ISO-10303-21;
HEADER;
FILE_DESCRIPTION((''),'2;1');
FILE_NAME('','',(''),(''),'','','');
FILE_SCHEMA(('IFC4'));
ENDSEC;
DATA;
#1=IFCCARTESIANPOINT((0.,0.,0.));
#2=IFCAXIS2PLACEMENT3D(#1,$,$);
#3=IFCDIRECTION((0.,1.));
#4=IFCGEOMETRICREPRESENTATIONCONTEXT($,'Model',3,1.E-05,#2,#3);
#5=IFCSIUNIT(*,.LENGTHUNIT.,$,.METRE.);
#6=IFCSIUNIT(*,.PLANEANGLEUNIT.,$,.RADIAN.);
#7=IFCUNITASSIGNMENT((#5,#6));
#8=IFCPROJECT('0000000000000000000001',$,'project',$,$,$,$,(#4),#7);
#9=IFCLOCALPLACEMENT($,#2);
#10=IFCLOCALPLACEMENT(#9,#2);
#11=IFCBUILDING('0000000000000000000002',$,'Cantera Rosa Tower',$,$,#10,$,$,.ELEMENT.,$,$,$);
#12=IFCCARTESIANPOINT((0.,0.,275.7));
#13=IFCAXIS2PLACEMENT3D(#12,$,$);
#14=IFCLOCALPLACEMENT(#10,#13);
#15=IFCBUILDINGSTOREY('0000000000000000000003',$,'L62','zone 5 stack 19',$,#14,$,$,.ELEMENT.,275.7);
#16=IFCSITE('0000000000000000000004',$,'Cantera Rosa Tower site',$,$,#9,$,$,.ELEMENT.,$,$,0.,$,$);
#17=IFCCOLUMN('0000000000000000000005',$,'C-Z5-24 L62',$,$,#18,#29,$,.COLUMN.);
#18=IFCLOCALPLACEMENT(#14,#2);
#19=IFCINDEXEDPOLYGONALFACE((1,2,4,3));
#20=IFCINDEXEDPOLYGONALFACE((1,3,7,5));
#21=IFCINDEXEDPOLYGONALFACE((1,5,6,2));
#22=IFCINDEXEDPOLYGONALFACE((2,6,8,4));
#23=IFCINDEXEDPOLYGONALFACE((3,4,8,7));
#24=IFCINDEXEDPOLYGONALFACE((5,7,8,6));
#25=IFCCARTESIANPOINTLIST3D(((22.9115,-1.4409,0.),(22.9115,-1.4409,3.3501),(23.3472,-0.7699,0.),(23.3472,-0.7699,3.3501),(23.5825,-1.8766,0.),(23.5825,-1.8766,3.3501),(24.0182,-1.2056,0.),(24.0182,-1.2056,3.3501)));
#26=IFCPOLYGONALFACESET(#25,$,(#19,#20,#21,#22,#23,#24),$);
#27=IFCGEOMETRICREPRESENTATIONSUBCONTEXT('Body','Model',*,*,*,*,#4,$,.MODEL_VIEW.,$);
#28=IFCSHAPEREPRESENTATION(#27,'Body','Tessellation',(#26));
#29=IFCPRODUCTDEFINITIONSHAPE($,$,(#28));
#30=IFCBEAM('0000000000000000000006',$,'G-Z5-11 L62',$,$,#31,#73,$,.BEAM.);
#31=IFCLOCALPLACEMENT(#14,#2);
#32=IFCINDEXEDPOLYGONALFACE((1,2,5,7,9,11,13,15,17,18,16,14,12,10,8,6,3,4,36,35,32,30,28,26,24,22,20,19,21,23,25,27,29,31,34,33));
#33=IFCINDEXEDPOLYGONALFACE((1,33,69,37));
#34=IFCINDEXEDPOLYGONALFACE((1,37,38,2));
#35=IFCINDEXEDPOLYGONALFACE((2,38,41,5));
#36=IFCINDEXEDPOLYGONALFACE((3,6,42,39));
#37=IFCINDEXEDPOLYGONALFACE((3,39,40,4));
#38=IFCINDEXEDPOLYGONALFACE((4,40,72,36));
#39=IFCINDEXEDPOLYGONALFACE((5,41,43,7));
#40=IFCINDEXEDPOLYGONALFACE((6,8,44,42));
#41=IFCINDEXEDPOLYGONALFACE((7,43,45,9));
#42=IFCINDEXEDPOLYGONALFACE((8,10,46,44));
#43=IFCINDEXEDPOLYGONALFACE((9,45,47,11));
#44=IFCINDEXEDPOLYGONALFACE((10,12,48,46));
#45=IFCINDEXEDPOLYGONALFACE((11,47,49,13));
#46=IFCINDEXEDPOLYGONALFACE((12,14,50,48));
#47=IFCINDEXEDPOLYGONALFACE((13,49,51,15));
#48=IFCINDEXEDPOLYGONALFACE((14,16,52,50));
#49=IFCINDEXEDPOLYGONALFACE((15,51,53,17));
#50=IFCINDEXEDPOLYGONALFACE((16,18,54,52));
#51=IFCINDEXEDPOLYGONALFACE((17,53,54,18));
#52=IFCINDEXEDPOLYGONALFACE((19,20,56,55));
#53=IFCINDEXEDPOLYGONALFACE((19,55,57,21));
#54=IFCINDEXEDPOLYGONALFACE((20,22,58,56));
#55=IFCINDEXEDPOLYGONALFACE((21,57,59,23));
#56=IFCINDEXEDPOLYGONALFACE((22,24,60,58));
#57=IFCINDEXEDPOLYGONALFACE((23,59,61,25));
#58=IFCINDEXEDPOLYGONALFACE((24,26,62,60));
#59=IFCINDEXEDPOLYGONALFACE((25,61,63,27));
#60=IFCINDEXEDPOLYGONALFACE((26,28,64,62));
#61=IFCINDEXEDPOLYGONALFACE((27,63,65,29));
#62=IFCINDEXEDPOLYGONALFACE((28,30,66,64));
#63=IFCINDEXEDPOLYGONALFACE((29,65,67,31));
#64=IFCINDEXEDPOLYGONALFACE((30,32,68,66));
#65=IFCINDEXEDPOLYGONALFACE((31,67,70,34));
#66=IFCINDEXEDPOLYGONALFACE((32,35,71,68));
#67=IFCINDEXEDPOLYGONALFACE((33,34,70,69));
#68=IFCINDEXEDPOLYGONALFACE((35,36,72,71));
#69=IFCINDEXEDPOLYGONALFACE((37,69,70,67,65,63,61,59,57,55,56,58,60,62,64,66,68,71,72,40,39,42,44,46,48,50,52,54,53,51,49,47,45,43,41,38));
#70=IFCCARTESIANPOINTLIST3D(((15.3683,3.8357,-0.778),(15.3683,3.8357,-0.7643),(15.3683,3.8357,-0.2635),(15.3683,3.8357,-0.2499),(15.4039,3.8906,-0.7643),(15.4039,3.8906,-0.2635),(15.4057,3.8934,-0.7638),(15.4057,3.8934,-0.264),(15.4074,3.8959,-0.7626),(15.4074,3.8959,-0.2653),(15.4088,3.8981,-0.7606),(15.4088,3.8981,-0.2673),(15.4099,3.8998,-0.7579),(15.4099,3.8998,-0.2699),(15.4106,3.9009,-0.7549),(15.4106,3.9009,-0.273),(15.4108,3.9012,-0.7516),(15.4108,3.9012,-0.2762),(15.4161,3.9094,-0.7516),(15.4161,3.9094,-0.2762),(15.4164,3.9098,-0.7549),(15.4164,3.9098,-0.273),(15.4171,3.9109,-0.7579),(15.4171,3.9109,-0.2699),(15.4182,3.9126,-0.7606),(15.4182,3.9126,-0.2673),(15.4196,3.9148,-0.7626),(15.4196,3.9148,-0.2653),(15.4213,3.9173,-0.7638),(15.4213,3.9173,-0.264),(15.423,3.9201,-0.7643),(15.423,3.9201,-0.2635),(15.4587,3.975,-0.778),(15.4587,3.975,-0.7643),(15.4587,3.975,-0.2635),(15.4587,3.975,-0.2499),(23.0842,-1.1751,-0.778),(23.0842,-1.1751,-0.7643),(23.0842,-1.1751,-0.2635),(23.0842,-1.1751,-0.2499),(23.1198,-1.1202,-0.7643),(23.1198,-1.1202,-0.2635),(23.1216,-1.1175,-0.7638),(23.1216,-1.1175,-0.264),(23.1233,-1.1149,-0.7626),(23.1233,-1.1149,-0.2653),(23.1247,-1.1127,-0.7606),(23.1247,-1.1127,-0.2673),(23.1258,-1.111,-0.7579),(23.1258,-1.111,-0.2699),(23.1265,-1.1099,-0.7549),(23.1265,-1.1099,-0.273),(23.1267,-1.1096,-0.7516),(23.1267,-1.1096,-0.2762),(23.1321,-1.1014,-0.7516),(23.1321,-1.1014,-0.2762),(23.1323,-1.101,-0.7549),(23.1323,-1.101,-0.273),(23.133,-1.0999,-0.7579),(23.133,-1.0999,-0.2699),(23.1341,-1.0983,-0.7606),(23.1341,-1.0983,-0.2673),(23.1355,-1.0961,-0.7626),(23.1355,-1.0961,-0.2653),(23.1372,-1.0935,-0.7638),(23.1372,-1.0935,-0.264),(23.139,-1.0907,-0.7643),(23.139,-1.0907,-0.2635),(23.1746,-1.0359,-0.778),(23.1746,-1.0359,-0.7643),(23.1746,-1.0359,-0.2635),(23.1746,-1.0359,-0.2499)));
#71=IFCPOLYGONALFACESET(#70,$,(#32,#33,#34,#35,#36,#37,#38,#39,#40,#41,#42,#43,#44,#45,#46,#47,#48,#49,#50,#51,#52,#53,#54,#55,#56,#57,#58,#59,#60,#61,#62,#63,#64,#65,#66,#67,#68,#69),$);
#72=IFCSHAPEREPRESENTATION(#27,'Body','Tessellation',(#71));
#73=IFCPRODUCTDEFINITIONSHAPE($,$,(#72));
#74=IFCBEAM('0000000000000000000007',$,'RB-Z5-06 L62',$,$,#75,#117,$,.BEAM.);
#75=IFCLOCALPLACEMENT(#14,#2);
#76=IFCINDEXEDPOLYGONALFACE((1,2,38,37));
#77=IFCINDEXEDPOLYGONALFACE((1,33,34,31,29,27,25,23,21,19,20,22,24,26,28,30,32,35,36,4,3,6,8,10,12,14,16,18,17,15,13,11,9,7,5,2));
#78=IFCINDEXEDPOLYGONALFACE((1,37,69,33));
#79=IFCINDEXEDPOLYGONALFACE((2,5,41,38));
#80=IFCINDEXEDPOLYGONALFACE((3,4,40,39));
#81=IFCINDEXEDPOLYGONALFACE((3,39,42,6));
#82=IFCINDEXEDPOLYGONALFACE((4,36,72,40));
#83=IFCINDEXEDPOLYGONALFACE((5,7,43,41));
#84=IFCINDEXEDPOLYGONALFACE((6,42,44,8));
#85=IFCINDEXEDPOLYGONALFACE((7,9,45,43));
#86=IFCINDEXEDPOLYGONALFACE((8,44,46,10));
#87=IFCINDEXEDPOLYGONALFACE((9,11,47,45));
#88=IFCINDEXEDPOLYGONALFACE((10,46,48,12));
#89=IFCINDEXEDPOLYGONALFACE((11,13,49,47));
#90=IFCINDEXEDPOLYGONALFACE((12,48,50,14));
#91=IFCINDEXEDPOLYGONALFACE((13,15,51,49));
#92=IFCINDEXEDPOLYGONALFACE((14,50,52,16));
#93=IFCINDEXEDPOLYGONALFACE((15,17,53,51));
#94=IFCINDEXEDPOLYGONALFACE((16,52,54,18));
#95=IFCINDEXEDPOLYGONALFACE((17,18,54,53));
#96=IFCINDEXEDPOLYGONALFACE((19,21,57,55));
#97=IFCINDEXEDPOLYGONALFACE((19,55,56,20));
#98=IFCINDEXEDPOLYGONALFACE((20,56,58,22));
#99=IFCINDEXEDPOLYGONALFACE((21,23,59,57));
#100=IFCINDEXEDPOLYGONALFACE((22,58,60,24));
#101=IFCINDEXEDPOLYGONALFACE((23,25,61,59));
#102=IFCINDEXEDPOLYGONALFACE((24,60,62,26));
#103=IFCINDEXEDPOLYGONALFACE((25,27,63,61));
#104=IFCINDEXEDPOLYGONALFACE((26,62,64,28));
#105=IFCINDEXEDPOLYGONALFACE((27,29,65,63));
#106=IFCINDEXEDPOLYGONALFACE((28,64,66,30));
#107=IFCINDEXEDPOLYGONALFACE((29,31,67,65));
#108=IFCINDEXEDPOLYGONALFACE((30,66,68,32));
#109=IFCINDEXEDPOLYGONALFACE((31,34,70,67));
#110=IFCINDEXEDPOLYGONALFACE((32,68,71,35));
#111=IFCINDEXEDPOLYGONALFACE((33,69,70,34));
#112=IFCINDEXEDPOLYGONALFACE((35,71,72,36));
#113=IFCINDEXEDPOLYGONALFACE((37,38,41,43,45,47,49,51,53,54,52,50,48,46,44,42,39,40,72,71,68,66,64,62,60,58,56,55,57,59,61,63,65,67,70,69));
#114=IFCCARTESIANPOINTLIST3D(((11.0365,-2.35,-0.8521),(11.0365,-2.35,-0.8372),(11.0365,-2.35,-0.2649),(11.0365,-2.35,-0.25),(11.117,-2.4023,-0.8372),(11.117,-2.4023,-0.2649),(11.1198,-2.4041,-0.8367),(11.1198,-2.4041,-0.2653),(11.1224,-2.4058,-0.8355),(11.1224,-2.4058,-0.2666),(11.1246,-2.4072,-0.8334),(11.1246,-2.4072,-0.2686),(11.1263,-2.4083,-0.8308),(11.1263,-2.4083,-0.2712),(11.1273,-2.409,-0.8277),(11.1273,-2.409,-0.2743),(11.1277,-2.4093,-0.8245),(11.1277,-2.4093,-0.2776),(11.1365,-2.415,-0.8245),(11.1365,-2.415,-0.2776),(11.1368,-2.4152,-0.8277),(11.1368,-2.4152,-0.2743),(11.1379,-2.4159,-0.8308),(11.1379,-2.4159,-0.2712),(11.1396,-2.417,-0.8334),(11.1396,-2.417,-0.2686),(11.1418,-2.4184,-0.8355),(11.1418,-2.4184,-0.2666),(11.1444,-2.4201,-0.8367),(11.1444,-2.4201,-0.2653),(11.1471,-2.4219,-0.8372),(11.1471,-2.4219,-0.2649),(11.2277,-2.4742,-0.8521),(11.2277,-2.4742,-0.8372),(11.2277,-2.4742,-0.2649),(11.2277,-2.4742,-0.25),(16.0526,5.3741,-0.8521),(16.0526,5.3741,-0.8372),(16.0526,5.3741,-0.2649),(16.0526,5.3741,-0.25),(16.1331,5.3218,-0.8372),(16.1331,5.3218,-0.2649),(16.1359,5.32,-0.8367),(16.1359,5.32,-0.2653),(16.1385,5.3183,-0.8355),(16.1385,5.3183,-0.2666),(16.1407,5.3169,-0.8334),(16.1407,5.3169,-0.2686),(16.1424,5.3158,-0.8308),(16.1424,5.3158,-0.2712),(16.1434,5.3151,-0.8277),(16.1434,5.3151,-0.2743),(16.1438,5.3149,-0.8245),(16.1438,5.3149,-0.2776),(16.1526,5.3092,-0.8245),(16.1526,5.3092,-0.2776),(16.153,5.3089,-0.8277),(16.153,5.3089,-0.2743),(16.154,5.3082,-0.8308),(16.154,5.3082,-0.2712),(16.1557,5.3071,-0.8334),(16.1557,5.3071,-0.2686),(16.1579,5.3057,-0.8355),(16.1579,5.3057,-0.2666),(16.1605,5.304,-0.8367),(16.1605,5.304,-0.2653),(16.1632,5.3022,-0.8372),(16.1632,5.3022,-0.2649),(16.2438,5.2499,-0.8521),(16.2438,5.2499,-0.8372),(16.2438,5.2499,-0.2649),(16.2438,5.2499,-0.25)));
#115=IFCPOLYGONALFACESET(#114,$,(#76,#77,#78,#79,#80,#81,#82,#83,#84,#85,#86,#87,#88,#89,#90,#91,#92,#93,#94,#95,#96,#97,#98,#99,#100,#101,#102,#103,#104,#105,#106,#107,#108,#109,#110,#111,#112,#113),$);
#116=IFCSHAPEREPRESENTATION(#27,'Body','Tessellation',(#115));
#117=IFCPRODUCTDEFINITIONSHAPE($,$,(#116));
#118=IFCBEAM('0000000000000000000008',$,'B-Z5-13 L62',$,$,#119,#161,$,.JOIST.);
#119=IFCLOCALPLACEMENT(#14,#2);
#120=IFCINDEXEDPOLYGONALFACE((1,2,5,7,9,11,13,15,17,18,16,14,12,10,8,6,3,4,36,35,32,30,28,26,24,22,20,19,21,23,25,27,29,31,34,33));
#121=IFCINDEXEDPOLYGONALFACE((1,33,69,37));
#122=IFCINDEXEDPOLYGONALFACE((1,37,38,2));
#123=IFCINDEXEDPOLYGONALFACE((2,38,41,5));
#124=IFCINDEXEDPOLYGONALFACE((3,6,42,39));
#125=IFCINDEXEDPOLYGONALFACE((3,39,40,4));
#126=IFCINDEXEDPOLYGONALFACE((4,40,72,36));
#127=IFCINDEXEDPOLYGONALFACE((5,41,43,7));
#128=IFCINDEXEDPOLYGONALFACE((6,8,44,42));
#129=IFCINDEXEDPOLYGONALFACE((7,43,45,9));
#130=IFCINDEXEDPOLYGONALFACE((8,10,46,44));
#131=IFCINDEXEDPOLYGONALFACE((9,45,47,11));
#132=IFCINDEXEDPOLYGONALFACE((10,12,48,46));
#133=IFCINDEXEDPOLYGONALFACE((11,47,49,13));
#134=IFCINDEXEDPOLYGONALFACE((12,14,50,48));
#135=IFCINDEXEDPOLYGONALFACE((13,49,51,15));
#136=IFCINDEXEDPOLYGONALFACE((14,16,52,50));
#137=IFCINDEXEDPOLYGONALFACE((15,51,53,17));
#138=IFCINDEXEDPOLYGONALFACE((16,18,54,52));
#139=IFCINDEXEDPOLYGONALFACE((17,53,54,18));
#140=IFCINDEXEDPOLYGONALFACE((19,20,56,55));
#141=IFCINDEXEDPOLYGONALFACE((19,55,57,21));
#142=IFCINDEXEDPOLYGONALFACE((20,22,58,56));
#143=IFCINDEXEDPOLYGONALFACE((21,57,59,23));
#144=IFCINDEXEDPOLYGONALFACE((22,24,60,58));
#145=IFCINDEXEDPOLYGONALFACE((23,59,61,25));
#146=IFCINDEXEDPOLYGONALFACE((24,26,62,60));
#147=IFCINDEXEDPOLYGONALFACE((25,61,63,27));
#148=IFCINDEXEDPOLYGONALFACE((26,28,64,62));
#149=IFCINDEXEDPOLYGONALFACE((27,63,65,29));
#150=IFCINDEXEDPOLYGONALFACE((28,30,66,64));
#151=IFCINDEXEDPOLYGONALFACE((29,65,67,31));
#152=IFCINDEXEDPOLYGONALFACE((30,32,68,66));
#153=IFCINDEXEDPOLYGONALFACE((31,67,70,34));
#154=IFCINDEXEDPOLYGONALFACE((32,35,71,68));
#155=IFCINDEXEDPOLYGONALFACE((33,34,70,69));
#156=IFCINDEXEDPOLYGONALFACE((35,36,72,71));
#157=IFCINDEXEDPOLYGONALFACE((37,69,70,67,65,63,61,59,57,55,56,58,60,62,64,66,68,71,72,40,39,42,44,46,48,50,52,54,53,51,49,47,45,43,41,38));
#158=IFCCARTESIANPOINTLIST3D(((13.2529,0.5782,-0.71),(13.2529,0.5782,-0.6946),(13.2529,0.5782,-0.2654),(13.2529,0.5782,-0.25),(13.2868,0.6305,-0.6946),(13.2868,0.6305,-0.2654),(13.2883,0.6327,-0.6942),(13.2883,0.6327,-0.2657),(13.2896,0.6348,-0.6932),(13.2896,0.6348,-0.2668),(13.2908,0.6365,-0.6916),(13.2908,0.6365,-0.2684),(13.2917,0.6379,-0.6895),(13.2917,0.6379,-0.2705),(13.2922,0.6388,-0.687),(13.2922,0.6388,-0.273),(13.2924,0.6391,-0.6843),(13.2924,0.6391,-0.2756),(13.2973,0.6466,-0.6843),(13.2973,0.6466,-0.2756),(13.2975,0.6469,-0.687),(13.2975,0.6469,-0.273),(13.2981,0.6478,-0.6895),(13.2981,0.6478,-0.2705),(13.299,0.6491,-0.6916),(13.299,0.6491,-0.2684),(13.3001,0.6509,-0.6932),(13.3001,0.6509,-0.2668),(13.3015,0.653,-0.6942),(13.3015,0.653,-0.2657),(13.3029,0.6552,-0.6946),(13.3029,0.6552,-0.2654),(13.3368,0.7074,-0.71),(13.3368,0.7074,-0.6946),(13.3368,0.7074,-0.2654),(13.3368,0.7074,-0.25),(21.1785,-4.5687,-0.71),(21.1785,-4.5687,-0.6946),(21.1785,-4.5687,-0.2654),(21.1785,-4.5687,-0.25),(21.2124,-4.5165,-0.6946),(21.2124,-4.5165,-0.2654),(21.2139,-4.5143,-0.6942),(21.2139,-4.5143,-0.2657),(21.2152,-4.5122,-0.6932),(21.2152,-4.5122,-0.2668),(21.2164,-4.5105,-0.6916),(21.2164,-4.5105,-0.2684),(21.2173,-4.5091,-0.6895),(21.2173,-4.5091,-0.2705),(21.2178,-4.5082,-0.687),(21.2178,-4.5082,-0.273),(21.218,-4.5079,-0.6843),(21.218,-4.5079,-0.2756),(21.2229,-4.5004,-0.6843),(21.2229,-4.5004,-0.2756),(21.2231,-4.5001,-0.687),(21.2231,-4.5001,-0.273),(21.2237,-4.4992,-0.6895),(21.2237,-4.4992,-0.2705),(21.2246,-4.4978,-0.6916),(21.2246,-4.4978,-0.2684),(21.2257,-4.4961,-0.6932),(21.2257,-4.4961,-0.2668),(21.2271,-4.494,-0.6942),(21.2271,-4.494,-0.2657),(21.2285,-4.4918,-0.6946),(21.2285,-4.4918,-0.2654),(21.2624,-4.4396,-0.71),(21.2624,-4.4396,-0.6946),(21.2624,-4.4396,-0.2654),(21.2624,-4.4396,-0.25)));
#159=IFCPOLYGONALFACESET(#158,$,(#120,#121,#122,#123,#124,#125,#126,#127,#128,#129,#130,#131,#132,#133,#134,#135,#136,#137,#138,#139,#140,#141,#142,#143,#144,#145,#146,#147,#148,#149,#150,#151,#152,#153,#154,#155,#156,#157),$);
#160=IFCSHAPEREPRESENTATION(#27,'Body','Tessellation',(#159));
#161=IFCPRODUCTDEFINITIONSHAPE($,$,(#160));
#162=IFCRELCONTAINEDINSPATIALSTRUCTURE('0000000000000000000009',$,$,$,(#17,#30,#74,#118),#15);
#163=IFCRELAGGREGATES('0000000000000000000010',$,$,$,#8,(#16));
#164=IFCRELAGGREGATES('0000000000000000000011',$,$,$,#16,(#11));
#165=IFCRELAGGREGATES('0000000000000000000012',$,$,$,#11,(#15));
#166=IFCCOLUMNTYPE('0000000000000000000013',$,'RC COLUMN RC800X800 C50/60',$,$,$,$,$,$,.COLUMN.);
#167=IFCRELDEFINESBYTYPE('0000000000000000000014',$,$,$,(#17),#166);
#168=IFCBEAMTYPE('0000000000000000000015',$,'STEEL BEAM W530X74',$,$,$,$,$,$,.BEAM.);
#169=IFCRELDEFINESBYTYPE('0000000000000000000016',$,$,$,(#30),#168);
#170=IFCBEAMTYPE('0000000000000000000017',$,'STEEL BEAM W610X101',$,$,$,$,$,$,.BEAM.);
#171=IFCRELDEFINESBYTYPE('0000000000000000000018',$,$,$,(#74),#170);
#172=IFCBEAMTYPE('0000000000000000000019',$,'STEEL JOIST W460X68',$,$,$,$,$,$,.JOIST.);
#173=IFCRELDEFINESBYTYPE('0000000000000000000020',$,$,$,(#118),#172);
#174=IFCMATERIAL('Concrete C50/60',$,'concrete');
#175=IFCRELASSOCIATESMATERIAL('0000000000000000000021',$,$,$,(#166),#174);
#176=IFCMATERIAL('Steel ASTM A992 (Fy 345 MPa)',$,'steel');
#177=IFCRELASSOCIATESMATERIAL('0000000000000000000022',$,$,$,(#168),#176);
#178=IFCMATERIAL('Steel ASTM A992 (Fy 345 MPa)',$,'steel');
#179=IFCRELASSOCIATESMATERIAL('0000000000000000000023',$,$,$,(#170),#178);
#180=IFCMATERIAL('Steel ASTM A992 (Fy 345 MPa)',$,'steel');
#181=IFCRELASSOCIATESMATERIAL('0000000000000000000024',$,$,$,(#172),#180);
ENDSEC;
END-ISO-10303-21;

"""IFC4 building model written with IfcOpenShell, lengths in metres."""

from ifc_helpers import new_model, si_unit, direction, frame, origin, origin_2d, place, context, subcontext, project, spatial, rectangle, i_section, extrude, material, material_profile, profile_set, type_object, element, save


model = new_model("IFC4")

# Units and contexts
model_context = context("Model", 3, precision=1e-05, world=origin(), true_north=direction((0.0, 1.0)))
body_context = subcontext(model_context, "Body", "Model", "MODEL_VIEW")
ifc_project = project(units=[si_unit("LENGTHUNIT", "METRE"), si_unit("PLANEANGLEUNIT", "RADIAN")], contexts=[model_context])

# Site, building, storey
site_placement = place(None, origin())
site = spatial("IfcSite", under=ifc_project, at=site_placement, Name="Cantera Rosa Tower site", CompositionType="ELEMENT", RefElevation=0.0)
building_placement = place(site_placement, origin())
building = spatial("IfcBuilding", under=site, at=building_placement, Name="Cantera Rosa Tower", CompositionType="ELEMENT")
storey_placement = place(building_placement, frame((0.0, 0.0, 275.7)))
storey = spatial("IfcBuildingStorey", under=building, at=storey_placement, Name="L62", Description="zone 5 stack 19", CompositionType="ELEMENT", Elevation=275.7)

# Column
ifc_material_1 = material(Name="Concrete C50/60", Category="concrete")
ifc_material_profile_1 = material_profile(ifc_material_1, rectangle(XDim=0.8, YDim=0.8, at=origin_2d()), Name="RC COLUMN RC800X800 C50/60")
ifc_profile_set_1 = profile_set([ifc_material_profile_1], Name="Concrete C50/60")
column_type = type_object("IfcColumnType", Name="RC COLUMN RC800X800 C50/60", PredefinedType="COLUMN", material=ifc_profile_set_1)
column_placement = place(storey_placement, frame((23.4648, -1.3232, 0.0), z_axis=(0.0, 0.0, 1.0), x_axis=(0.544639, 0.838671, 0.0)))
element("IfcColumn", 1, at=column_placement, inside=storey, type_object=column_type, Name="C-Z5-24 L62", PredefinedType="COLUMN", context=body_context, shape_type="SweptSolid", body=[
    extrude(rectangle(XDim=0.8, YDim=0.8, at=origin_2d()), origin(), (0.0, 0.0, 1.0), 3.3501),
])

# Beams
ifc_material_2 = material(Name="Steel ASTM A992 (Fy 345 MPa)", Category="steel")
ifc_material_profile_2 = material_profile(ifc_material_2, i_section(OverallWidth=0.166, OverallDepth=0.5281, WebThickness=0.0098, FlangeThickness=0.0137, FilletRadius=0.0127, at=origin_2d()), Name="W530X74")
ifc_profile_set_2 = profile_set([ifc_material_profile_2], Name="Steel ASTM A992 (Fy 345 MPa)")
beam_type_1 = type_object("IfcBeamType", Name="STEEL BEAM W530X74", PredefinedType="BEAM", material=ifc_profile_set_2)
beam_1_placement = place(storey_placement, frame((23.1294, -1.1055, -0.5139), z_axis=(-0.838669, 0.544641, 0.0), x_axis=(-0.544641, -0.838669, 0.0)))
element("IfcBeam", 2, at=beam_1_placement, inside=storey, type_object=beam_type_1, Name="G-Z5-11 L62", PredefinedType="BEAM", context=body_context, shape_type="SweptSolid", body=[
    extrude(i_section(OverallWidth=0.166, OverallDepth=0.5281, WebThickness=0.0098, FlangeThickness=0.0137, FilletRadius=0.0127, at=origin_2d()), origin(), (0.0, 0.0, 1.0), 9.2002),
])
ifc_material_3 = material(Name="Steel ASTM A992 (Fy 345 MPa)", Category="steel")
ifc_material_profile_3 = material_profile(ifc_material_3, i_section(OverallWidth=0.228, OverallDepth=0.6021, WebThickness=0.0105, FlangeThickness=0.0149, FilletRadius=0.0127, at=origin_2d()), Name="W610X101")
ifc_profile_set_3 = profile_set([ifc_material_profile_3], Name="Steel ASTM A992 (Fy 345 MPa)")
beam_type_2 = type_object("IfcBeamType", Name="STEEL BEAM W610X101", PredefinedType="BEAM", material=ifc_profile_set_3)
beam_2_placement = place(storey_placement, frame((11.1321, -2.4121, -0.551), z_axis=(0.54464, 0.83867, 0.0), x_axis=(-0.83867, 0.54464, 0.0)))
element("IfcBeam", 3, at=beam_2_placement, inside=storey, type_object=beam_type_2, Name="RB-Z5-06 L62", PredefinedType="BEAM", context=body_context, shape_type="SweptSolid", body=[
    extrude(i_section(OverallWidth=0.228, OverallDepth=0.6021, WebThickness=0.0105, FlangeThickness=0.0149, FilletRadius=0.0127, at=origin_2d()), origin(), (0.0, 0.0, 1.0), 9.21),
])
ifc_material_4 = material(Name="Steel ASTM A992 (Fy 345 MPa)", Category="steel")
ifc_material_profile_4 = material_profile(ifc_material_4, i_section(OverallWidth=0.1541, OverallDepth=0.46, WebThickness=0.009, FlangeThickness=0.0154, FilletRadius=0.0103, at=origin_2d()), Name="W460X68")
ifc_profile_set_4 = profile_set([ifc_material_profile_4], Name="Steel ASTM A992 (Fy 345 MPa)")
beam_type_3 = type_object("IfcBeamType", Name="STEEL JOIST W460X68", PredefinedType="JOIST", material=ifc_profile_set_4)
beam_3_placement = place(storey_placement, frame((21.2205, -4.5042, -0.48), z_axis=(-0.838667, 0.544644, 0.0), x_axis=(-0.544644, -0.838667, 0.0)))
element("IfcBeam", 4, at=beam_3_placement, inside=storey, type_object=beam_type_3, Name="B-Z5-13 L62", PredefinedType="JOIST", context=body_context, shape_type="SweptSolid", body=[
    extrude(i_section(OverallWidth=0.1541, OverallDepth=0.46, WebThickness=0.009, FlangeThickness=0.0154, FilletRadius=0.0103, at=origin_2d()), origin(), (0.0, 0.0, 1.0), 9.4502),
])

save(model, "model.ifc")
